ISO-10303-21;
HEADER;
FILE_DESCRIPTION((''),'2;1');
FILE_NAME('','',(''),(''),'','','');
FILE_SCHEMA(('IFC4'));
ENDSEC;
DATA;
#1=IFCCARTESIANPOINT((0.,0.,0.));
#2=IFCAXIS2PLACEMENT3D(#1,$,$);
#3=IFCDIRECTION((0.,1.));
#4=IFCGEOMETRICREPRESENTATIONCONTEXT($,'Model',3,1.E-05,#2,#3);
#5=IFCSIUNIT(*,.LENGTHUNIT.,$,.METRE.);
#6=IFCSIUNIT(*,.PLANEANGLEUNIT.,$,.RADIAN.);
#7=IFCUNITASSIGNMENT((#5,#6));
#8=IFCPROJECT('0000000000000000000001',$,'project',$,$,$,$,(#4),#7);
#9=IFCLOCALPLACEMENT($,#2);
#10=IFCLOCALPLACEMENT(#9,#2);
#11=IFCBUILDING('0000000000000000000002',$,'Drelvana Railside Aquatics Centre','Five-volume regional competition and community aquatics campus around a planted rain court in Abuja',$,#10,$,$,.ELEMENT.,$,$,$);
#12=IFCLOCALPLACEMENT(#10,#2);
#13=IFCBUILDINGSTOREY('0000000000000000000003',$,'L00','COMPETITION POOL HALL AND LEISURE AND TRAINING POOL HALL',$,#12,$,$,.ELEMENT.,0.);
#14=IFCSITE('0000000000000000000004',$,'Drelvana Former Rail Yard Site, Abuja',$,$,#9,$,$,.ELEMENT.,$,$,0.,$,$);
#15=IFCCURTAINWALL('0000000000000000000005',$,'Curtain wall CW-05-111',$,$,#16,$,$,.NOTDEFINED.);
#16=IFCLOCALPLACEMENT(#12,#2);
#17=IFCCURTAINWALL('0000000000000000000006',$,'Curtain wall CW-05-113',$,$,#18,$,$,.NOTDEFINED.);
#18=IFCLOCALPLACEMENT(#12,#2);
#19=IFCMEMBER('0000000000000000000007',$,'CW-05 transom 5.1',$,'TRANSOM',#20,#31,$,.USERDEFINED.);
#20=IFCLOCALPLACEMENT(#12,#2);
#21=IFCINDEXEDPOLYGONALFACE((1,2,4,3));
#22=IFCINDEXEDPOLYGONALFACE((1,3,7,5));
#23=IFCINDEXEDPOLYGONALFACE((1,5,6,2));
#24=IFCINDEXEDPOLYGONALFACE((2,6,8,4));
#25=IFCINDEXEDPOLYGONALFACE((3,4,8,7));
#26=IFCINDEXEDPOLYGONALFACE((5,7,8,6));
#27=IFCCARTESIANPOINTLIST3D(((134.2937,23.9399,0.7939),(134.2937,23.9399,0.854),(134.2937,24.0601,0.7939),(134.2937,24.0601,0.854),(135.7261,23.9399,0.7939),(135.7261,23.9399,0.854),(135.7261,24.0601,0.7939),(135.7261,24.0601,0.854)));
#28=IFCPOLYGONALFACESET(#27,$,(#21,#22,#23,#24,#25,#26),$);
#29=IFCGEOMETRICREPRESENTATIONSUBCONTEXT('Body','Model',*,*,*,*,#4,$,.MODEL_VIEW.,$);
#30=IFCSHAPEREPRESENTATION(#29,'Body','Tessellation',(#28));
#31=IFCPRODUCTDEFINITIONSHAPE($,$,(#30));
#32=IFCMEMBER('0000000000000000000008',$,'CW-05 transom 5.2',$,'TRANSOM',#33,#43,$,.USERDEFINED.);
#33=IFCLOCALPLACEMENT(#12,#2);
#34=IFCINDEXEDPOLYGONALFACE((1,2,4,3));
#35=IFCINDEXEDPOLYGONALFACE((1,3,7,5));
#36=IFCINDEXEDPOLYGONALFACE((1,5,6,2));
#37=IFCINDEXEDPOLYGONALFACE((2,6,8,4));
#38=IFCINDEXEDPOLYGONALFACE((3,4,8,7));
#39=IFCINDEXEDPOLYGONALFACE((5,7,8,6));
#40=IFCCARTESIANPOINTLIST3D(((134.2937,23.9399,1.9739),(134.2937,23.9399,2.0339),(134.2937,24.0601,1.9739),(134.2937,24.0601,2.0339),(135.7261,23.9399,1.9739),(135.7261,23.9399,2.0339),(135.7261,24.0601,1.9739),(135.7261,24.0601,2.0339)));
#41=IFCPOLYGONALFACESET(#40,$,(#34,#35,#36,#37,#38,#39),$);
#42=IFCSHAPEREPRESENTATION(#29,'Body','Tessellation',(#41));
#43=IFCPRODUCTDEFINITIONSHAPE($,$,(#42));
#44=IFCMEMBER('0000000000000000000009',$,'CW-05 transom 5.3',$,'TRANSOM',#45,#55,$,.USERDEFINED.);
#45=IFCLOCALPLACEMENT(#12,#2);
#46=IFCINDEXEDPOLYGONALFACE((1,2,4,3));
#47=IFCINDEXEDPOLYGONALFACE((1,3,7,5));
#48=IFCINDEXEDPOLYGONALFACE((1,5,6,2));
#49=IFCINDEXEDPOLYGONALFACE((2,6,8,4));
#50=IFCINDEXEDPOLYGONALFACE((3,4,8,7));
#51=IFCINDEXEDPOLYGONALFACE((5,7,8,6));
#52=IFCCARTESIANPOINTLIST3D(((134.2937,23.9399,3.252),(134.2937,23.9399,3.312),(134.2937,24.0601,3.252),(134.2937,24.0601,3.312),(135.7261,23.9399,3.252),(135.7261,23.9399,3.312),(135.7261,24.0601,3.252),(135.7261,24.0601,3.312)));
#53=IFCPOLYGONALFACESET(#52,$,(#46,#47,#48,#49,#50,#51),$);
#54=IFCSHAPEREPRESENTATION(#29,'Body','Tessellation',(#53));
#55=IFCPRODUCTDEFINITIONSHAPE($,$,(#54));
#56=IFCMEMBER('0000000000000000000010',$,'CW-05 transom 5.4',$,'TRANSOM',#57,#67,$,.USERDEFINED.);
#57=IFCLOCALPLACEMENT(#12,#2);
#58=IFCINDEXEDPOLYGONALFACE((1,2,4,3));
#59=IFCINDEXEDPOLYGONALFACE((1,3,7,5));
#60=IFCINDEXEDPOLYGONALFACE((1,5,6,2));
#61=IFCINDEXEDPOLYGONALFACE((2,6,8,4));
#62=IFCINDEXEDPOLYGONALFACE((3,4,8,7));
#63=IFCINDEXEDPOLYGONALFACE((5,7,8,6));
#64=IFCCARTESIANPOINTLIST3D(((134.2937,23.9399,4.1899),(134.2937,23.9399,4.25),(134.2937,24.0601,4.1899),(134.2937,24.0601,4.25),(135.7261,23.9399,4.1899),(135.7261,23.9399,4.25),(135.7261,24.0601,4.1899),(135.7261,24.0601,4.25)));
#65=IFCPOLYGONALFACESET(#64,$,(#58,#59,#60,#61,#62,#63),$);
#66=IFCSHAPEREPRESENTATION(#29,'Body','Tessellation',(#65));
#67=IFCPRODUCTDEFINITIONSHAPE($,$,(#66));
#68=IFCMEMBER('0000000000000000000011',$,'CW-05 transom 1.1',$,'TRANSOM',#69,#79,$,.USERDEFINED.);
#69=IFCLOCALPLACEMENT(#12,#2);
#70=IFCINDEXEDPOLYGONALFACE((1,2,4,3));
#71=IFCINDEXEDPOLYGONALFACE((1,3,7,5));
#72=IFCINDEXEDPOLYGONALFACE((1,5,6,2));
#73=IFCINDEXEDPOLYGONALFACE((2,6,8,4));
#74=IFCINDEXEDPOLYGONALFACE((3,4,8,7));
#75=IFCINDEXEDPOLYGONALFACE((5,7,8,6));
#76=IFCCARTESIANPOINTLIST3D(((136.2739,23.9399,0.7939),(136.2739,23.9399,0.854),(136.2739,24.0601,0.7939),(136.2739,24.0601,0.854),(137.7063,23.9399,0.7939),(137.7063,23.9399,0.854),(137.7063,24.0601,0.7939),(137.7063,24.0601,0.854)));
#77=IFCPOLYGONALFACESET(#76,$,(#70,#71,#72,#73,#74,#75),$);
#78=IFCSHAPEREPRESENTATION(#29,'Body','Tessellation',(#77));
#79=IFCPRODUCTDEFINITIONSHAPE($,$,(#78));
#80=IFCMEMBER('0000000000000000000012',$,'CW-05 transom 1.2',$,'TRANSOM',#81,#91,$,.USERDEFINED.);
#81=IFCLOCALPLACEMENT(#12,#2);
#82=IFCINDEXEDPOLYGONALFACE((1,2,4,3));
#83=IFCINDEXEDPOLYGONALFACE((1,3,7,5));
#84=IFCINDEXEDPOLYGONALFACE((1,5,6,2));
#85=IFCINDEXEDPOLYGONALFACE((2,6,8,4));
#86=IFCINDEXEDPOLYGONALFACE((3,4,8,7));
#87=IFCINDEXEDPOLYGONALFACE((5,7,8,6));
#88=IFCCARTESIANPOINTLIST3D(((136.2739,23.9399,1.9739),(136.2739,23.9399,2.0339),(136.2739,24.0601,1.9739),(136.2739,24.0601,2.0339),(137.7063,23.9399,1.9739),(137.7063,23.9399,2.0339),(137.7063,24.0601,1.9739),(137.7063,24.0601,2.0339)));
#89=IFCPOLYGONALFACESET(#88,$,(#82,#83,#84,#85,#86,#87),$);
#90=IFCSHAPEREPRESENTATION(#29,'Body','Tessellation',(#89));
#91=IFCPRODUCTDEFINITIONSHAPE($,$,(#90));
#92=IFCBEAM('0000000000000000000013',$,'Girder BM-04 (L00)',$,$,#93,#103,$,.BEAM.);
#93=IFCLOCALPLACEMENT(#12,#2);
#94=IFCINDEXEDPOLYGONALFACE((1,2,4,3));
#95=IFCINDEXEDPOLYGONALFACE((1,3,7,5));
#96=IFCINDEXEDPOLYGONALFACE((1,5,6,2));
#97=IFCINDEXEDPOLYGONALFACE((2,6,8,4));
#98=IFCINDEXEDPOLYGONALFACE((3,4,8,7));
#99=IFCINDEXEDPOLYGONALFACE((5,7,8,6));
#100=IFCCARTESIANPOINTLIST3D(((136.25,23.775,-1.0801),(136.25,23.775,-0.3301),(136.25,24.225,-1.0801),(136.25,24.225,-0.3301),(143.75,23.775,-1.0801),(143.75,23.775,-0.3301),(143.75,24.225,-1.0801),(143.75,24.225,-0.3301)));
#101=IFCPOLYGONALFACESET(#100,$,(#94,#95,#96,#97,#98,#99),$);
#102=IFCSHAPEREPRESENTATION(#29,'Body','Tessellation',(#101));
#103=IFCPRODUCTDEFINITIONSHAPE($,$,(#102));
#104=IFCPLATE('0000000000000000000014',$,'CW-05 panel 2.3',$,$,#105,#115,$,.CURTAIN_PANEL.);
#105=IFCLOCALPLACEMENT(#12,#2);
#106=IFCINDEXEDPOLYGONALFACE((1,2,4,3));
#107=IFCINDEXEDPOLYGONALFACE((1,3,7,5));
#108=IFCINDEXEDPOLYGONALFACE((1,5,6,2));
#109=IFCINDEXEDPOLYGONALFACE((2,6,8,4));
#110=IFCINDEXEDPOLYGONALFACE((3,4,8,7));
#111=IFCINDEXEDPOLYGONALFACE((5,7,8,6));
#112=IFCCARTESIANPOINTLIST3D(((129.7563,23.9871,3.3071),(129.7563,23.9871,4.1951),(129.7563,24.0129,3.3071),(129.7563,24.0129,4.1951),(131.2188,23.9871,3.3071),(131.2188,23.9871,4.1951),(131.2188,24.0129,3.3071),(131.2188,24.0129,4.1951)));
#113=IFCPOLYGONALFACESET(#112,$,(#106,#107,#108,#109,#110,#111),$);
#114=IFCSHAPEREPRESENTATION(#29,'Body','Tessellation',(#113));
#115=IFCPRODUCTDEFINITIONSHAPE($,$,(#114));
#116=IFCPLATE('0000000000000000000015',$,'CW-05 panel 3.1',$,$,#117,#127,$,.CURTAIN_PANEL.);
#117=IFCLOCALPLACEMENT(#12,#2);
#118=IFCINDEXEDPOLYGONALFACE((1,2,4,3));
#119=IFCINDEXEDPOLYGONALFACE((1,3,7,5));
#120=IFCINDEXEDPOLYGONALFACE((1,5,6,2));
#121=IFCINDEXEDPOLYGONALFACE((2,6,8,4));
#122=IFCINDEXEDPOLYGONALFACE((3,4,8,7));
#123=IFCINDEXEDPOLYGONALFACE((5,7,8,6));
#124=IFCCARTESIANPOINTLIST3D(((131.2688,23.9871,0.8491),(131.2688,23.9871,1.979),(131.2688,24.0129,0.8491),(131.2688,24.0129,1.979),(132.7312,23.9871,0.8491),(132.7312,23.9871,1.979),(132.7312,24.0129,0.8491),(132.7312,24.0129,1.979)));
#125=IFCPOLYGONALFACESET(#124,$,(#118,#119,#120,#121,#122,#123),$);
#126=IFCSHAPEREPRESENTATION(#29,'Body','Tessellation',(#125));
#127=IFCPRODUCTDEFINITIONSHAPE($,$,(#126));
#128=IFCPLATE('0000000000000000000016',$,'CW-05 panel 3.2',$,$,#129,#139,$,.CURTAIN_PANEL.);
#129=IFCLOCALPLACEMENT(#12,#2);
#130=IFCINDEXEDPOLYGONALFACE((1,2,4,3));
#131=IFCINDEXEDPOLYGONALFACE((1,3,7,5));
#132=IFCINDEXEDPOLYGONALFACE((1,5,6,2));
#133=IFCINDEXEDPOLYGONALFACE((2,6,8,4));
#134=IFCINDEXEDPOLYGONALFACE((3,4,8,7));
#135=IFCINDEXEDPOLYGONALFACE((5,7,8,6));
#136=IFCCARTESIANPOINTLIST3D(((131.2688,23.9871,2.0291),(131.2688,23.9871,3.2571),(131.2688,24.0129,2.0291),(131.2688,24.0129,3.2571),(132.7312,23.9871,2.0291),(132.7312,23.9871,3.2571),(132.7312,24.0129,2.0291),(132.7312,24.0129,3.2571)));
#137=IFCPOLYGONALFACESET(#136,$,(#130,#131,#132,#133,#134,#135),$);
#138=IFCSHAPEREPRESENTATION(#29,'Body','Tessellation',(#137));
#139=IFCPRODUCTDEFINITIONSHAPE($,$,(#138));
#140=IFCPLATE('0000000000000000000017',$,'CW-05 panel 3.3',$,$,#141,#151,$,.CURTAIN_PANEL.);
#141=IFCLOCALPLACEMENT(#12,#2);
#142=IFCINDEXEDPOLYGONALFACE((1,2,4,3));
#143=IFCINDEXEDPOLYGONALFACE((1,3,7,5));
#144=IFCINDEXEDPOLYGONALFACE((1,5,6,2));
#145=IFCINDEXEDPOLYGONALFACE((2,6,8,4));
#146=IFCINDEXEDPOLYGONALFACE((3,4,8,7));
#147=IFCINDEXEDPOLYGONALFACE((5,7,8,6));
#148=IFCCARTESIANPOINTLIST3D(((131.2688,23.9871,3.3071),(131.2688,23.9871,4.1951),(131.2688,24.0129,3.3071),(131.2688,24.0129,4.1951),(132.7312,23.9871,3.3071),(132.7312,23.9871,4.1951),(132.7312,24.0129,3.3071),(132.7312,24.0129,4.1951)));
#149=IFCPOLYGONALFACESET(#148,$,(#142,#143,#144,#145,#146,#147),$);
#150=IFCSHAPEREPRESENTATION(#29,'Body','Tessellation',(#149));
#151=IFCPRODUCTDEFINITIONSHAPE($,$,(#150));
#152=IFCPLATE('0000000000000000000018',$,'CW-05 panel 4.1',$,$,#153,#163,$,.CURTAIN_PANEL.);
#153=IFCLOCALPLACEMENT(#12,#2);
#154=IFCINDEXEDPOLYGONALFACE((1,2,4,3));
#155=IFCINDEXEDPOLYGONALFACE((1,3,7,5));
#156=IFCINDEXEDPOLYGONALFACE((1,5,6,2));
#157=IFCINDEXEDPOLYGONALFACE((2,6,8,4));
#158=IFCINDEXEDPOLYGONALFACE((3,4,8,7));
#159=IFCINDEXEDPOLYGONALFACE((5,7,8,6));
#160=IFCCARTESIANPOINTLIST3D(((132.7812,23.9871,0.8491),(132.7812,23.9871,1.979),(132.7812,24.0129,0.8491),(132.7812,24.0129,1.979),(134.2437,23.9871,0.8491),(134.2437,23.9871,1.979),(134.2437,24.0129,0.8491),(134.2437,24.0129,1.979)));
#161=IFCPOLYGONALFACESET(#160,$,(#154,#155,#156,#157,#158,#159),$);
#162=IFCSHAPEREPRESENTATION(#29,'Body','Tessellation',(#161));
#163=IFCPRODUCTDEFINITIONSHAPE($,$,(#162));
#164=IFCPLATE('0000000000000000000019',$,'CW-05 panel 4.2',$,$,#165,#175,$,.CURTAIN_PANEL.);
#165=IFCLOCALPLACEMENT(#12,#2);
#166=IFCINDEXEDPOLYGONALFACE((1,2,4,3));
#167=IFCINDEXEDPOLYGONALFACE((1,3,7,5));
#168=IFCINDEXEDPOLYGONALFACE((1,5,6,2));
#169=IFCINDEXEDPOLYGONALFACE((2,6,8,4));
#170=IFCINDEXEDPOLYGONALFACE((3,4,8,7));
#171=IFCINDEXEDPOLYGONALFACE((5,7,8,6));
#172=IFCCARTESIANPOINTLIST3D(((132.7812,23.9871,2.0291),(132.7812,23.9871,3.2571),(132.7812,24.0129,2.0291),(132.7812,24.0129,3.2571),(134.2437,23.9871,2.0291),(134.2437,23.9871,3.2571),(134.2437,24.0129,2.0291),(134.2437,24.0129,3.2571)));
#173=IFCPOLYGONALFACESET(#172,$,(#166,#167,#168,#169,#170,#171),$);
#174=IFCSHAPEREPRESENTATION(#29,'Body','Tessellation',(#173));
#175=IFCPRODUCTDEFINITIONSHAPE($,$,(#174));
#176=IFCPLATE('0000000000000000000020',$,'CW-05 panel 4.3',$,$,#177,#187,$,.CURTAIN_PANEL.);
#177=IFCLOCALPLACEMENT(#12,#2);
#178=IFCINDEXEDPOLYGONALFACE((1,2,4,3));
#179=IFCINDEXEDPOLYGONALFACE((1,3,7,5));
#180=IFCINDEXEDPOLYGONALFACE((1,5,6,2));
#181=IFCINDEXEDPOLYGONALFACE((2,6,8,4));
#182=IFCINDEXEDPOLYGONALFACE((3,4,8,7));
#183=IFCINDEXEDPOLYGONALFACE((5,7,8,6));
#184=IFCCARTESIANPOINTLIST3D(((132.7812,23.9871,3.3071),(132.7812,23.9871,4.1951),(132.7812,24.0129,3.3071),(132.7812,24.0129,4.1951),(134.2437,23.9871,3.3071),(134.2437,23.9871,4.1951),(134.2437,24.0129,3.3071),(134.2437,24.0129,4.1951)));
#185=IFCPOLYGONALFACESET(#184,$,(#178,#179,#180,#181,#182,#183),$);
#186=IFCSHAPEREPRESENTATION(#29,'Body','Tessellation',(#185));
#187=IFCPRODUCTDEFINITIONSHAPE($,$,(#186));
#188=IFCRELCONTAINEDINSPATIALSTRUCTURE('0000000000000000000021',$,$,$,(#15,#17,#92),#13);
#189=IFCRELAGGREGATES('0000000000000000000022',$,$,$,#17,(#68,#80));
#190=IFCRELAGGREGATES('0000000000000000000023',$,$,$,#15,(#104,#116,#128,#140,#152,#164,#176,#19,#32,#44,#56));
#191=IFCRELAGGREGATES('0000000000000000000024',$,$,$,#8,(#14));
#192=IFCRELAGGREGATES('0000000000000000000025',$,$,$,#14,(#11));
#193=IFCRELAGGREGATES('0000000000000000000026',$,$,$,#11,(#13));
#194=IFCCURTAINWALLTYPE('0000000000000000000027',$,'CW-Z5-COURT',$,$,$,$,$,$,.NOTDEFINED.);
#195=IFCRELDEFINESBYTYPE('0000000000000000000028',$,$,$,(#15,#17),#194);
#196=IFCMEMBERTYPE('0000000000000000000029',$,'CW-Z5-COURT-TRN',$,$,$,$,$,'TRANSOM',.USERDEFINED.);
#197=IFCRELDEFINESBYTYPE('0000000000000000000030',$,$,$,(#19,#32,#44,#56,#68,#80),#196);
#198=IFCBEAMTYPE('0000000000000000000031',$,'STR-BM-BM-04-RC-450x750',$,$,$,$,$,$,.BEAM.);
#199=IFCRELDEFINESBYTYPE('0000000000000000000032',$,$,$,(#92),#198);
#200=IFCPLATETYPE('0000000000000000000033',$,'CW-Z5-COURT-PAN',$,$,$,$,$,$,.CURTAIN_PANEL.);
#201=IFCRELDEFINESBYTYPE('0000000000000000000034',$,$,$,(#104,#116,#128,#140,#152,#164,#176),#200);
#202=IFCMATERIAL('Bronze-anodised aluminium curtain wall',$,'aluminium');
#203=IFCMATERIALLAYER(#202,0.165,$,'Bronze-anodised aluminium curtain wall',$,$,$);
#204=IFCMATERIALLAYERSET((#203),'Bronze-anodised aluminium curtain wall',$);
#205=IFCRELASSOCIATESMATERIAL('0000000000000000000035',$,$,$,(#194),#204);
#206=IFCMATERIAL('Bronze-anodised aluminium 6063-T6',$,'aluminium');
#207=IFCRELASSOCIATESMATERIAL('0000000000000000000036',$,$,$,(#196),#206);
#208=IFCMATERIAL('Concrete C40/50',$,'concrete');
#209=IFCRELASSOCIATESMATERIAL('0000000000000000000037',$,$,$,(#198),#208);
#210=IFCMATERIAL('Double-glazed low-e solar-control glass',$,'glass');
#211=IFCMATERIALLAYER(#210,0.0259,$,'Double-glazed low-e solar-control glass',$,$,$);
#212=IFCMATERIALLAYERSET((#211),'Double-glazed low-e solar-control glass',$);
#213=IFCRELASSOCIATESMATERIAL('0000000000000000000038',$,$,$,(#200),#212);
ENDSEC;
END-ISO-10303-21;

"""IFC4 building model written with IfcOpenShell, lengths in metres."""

from ifc_helpers import new_model, si_unit, direction, frame, origin, origin_2d, place, context, subcontext, project, spatial, rectangle, extrude, material, layer, layer_set, material_profile, profile_set, type_object, element, aggregate, save


model = new_model("IFC4")

# Units and contexts
model_context = context("Model", 3, precision=1e-05, world=origin(), true_north=direction((0.0, 1.0)))
body_context = subcontext(model_context, "Body", "Model", "MODEL_VIEW")
ifc_project = project(units=[si_unit("LENGTHUNIT", "METRE"), si_unit("PLANEANGLEUNIT", "RADIAN")], contexts=[model_context])

# Site, building, storey
site_placement = place(None, origin())
site = spatial("IfcSite", under=ifc_project, at=site_placement, Name="Drelvana Former Rail Yard Site, Abuja", CompositionType="ELEMENT", RefElevation=0.0)
building_placement = place(site_placement, origin())
building = spatial("IfcBuilding", under=site, at=building_placement, Name="Drelvana Railside Aquatics Centre", Description="Five-volume regional competition and community aquatics campus around a planted rain court in Abuja", CompositionType="ELEMENT")
storey_placement = place(building_placement, origin())
storey = spatial("IfcBuildingStorey", under=building, at=storey_placement, Name="L00", Description="COMPETITION POOL HALL AND LEISURE AND TRAINING POOL HALL", CompositionType="ELEMENT", Elevation=0.0)

# Shared definitions
ifc_material_1 = material(Name="Concrete C40/50", Category="concrete")

# Curtain wall
ifc_material_2 = material(Name="Bronze-anodised aluminium curtain wall", Category="aluminium")
ifc_layer_1 = layer(ifc_material_2, 0.165, Name="Bronze-anodised aluminium curtain wall")
ifc_layer_set_1 = layer_set([ifc_layer_1], Name="Bronze-anodised aluminium curtain wall")
curtain_wall_type = type_object("IfcCurtainWallType", Name="CW-Z5-COURT", PredefinedType="NOTDEFINED", material=ifc_layer_set_1)
curtain_wall_1_placement = place(storey_placement, origin())
curtain_wall_1 = element("IfcCurtainWall", 1, at=curtain_wall_1_placement, inside=storey, type_object=curtain_wall_type, Name="Curtain wall CW-05-111", PredefinedType="NOTDEFINED")
ifc_material_3 = material(Name="Bronze-anodised aluminium 6063-T6", Category="aluminium")

# Curtain wall
curtain_wall_2_placement = place(storey_placement, origin())
curtain_wall_2 = element("IfcCurtainWall", 2, at=curtain_wall_2_placement, inside=storey, type_object=curtain_wall_type, Name="Curtain wall CW-05-113", PredefinedType="NOTDEFINED")

# Members
ifc_material_profile_1 = material_profile(ifc_material_3, rectangle(XDim=0.1201, YDim=0.0601, at=origin_2d()), Name="ALU-T 60x120")
ifc_profile_set_1 = profile_set([ifc_material_profile_1], Name="Bronze-anodised aluminium 6063-T6")
member_type_1 = type_object("IfcMemberType", Name="CW-Z5-COURT-TRN", ElementType="TRANSOM", PredefinedType="USERDEFINED", material=ifc_profile_set_1)
member_1_placement = place(storey_placement, frame((134.2937, 24.0, 0.824), z_axis=(1.0, 0.0, 0.0), x_axis=(0.0, 1.0, 0.0)))
member_1 = element("IfcMember", 3, at=member_1_placement, type_object=member_type_1, Name="CW-05 transom 5.1", ObjectType="TRANSOM", PredefinedType="USERDEFINED", context=body_context, shape_type="SweptSolid", body=[
    extrude(rectangle(XDim=0.1201, YDim=0.0601, at=origin_2d()), origin(), (0.0, 0.0, 1.0), 1.4324),
])
member_2_placement = place(storey_placement, frame((134.2937, 24.0, 2.0039), z_axis=(1.0, 0.0, 0.0), x_axis=(0.0, 1.0, 0.0)))
member_2 = element("IfcMember", 4, at=member_2_placement, type_object=member_type_1, Name="CW-05 transom 5.2", ObjectType="TRANSOM", PredefinedType="USERDEFINED", context=body_context, shape_type="SweptSolid", body=[
    extrude(rectangle(XDim=0.1201, YDim=0.0601, at=origin_2d()), origin(), (0.0, 0.0, 1.0), 1.4324),
])
member_3_placement = place(storey_placement, frame((134.2937, 24.0, 3.282), z_axis=(1.0, 0.0, 0.0), x_axis=(0.0, 1.0, 0.0)))
member_3 = element("IfcMember", 5, at=member_3_placement, type_object=member_type_1, Name="CW-05 transom 5.3", ObjectType="TRANSOM", PredefinedType="USERDEFINED", context=body_context, shape_type="SweptSolid", body=[
    extrude(rectangle(XDim=0.1201, YDim=0.0601, at=origin_2d()), origin(), (0.0, 0.0, 1.0), 1.4324),
])
member_4_placement = place(storey_placement, frame((134.2937, 24.0, 4.22), z_axis=(1.0, 0.0, 0.0), x_axis=(0.0, 1.0, 0.0)))
member_4 = element("IfcMember", 6, at=member_4_placement, type_object=member_type_1, Name="CW-05 transom 5.4", ObjectType="TRANSOM", PredefinedType="USERDEFINED", context=body_context, shape_type="SweptSolid", body=[
    extrude(rectangle(XDim=0.1201, YDim=0.0601, at=origin_2d()), origin(), (0.0, 0.0, 1.0), 1.4324),
])
member_5_placement = place(storey_placement, frame((136.2739, 24.0, 0.824), z_axis=(1.0, 0.0, 0.0), x_axis=(0.0, 1.0, 0.0)))
member_5 = element("IfcMember", 7, at=member_5_placement, type_object=member_type_1, Name="CW-05 transom 1.1", ObjectType="TRANSOM", PredefinedType="USERDEFINED", context=body_context, shape_type="SweptSolid", body=[
    extrude(rectangle(XDim=0.1201, YDim=0.0601, at=origin_2d()), origin(), (0.0, 0.0, 1.0), 1.4324),
])
member_6_placement = place(storey_placement, frame((136.2739, 24.0, 2.0039), z_axis=(1.0, 0.0, 0.0), x_axis=(0.0, 1.0, 0.0)))
member_6 = element("IfcMember", 8, at=member_6_placement, type_object=member_type_1, Name="CW-05 transom 1.2", ObjectType="TRANSOM", PredefinedType="USERDEFINED", context=body_context, shape_type="SweptSolid", body=[
    extrude(rectangle(XDim=0.1201, YDim=0.0601, at=origin_2d()), origin(), (0.0, 0.0, 1.0), 1.4324),
])
aggregate(curtain_wall_2, [member_5, member_6])

# Beam
ifc_material_profile_2 = material_profile(ifc_material_1, rectangle(XDim=0.45, YDim=0.75, at=origin_2d()), Name="RC 450x750")
ifc_profile_set_2 = profile_set([ifc_material_profile_2], Name="Concrete C40/50")
beam_type = type_object("IfcBeamType", Name="STR-BM-BM-04-RC-450x750", PredefinedType="BEAM", material=ifc_profile_set_2)
beam_placement = place(storey_placement, frame((136.25, 24.0, -0.7051), z_axis=(1.0, 0.0, 0.0), x_axis=(0.0, 1.0, 0.0)))
element("IfcBeam", 9, at=beam_placement, inside=storey, type_object=beam_type, Name="Girder BM-04 (L00)", PredefinedType="BEAM", context=body_context, shape_type="SweptSolid", body=[
    extrude(rectangle(XDim=0.45, YDim=0.75, at=origin_2d()), origin(), (0.0, 0.0, 1.0), 7.5),
])

# Plates
ifc_material_4 = material(Name="Double-glazed low-e solar-control glass", Category="glass")
ifc_layer_2 = layer(ifc_material_4, 0.0259, Name="Double-glazed low-e solar-control glass")
ifc_layer_set_2 = layer_set([ifc_layer_2], Name="Double-glazed low-e solar-control glass")
plate_type = type_object("IfcPlateType", Name="CW-Z5-COURT-PAN", PredefinedType="CURTAIN_PANEL", material=ifc_layer_set_2)
plate_1_placement = place(storey_placement, frame((130.4875, 24.0, 3.3071), z_axis=(0.0, 0.0, 1.0), x_axis=(1.0, 0.0, 0.0)))
plate_1 = element("IfcPlate", 10, at=plate_1_placement, type_object=plate_type, Name="CW-05 panel 2.3", PredefinedType="CURTAIN_PANEL", context=body_context, shape_type="SweptSolid", body=[
    extrude(rectangle(XDim=1.4624, YDim=0.0259, at=origin_2d()), origin(), (0.0, 0.0, 1.0), 0.8879),
])
plate_2_placement = place(storey_placement, frame((132.0, 24.0, 0.8491), z_axis=(0.0, 0.0, 1.0), x_axis=(1.0, 0.0, 0.0)))
plate_2 = element("IfcPlate", 11, at=plate_2_placement, type_object=plate_type, Name="CW-05 panel 3.1", PredefinedType="CURTAIN_PANEL", context=body_context, shape_type="SweptSolid", body=[
    extrude(rectangle(XDim=1.4624, YDim=0.0259, at=origin_2d()), origin(), (0.0, 0.0, 1.0), 1.1299),
])
plate_3_placement = place(storey_placement, frame((132.0, 24.0, 2.0291), z_axis=(0.0, 0.0, 1.0), x_axis=(1.0, 0.0, 0.0)))
plate_3 = element("IfcPlate", 12, at=plate_3_placement, type_object=plate_type, Name="CW-05 panel 3.2", PredefinedType="CURTAIN_PANEL", context=body_context, shape_type="SweptSolid", body=[
    extrude(rectangle(XDim=1.4624, YDim=0.0259, at=origin_2d()), origin(), (0.0, 0.0, 1.0), 1.228),
])
plate_4_placement = place(storey_placement, frame((132.0, 24.0, 3.3071), z_axis=(0.0, 0.0, 1.0), x_axis=(1.0, 0.0, 0.0)))
plate_4 = element("IfcPlate", 13, at=plate_4_placement, type_object=plate_type, Name="CW-05 panel 3.3", PredefinedType="CURTAIN_PANEL", context=body_context, shape_type="SweptSolid", body=[
    extrude(rectangle(XDim=1.4624, YDim=0.0259, at=origin_2d()), origin(), (0.0, 0.0, 1.0), 0.8879),
])
plate_5_placement = place(storey_placement, frame((133.5125, 24.0, 0.8491), z_axis=(0.0, 0.0, 1.0), x_axis=(1.0, 0.0, 0.0)))
plate_5 = element("IfcPlate", 14, at=plate_5_placement, type_object=plate_type, Name="CW-05 panel 4.1", PredefinedType="CURTAIN_PANEL", context=body_context, shape_type="SweptSolid", body=[
    extrude(rectangle(XDim=1.4624, YDim=0.0259, at=origin_2d()), origin(), (0.0, 0.0, 1.0), 1.1299),
])
plate_6_placement = place(storey_placement, frame((133.5125, 24.0, 2.0291), z_axis=(0.0, 0.0, 1.0), x_axis=(1.0, 0.0, 0.0)))
plate_6 = element("IfcPlate", 15, at=plate_6_placement, type_object=plate_type, Name="CW-05 panel 4.2", PredefinedType="CURTAIN_PANEL", context=body_context, shape_type="SweptSolid", body=[
    extrude(rectangle(XDim=1.4624, YDim=0.0259, at=origin_2d()), origin(), (0.0, 0.0, 1.0), 1.228),
])
plate_7_placement = place(storey_placement, frame((133.5125, 24.0, 3.3071), z_axis=(0.0, 0.0, 1.0), x_axis=(1.0, 0.0, 0.0)))
plate_7 = element("IfcPlate", 16, at=plate_7_placement, type_object=plate_type, Name="CW-05 panel 4.3", PredefinedType="CURTAIN_PANEL", context=body_context, shape_type="SweptSolid", body=[
    extrude(rectangle(XDim=1.4624, YDim=0.0259, at=origin_2d()), origin(), (0.0, 0.0, 1.0), 0.8879),
])
aggregate(curtain_wall_1, [plate_1, plate_2, plate_3, plate_4, plate_5, plate_6, plate_7, member_1, member_2, member_3, member_4])

save(model, "model.ifc")
